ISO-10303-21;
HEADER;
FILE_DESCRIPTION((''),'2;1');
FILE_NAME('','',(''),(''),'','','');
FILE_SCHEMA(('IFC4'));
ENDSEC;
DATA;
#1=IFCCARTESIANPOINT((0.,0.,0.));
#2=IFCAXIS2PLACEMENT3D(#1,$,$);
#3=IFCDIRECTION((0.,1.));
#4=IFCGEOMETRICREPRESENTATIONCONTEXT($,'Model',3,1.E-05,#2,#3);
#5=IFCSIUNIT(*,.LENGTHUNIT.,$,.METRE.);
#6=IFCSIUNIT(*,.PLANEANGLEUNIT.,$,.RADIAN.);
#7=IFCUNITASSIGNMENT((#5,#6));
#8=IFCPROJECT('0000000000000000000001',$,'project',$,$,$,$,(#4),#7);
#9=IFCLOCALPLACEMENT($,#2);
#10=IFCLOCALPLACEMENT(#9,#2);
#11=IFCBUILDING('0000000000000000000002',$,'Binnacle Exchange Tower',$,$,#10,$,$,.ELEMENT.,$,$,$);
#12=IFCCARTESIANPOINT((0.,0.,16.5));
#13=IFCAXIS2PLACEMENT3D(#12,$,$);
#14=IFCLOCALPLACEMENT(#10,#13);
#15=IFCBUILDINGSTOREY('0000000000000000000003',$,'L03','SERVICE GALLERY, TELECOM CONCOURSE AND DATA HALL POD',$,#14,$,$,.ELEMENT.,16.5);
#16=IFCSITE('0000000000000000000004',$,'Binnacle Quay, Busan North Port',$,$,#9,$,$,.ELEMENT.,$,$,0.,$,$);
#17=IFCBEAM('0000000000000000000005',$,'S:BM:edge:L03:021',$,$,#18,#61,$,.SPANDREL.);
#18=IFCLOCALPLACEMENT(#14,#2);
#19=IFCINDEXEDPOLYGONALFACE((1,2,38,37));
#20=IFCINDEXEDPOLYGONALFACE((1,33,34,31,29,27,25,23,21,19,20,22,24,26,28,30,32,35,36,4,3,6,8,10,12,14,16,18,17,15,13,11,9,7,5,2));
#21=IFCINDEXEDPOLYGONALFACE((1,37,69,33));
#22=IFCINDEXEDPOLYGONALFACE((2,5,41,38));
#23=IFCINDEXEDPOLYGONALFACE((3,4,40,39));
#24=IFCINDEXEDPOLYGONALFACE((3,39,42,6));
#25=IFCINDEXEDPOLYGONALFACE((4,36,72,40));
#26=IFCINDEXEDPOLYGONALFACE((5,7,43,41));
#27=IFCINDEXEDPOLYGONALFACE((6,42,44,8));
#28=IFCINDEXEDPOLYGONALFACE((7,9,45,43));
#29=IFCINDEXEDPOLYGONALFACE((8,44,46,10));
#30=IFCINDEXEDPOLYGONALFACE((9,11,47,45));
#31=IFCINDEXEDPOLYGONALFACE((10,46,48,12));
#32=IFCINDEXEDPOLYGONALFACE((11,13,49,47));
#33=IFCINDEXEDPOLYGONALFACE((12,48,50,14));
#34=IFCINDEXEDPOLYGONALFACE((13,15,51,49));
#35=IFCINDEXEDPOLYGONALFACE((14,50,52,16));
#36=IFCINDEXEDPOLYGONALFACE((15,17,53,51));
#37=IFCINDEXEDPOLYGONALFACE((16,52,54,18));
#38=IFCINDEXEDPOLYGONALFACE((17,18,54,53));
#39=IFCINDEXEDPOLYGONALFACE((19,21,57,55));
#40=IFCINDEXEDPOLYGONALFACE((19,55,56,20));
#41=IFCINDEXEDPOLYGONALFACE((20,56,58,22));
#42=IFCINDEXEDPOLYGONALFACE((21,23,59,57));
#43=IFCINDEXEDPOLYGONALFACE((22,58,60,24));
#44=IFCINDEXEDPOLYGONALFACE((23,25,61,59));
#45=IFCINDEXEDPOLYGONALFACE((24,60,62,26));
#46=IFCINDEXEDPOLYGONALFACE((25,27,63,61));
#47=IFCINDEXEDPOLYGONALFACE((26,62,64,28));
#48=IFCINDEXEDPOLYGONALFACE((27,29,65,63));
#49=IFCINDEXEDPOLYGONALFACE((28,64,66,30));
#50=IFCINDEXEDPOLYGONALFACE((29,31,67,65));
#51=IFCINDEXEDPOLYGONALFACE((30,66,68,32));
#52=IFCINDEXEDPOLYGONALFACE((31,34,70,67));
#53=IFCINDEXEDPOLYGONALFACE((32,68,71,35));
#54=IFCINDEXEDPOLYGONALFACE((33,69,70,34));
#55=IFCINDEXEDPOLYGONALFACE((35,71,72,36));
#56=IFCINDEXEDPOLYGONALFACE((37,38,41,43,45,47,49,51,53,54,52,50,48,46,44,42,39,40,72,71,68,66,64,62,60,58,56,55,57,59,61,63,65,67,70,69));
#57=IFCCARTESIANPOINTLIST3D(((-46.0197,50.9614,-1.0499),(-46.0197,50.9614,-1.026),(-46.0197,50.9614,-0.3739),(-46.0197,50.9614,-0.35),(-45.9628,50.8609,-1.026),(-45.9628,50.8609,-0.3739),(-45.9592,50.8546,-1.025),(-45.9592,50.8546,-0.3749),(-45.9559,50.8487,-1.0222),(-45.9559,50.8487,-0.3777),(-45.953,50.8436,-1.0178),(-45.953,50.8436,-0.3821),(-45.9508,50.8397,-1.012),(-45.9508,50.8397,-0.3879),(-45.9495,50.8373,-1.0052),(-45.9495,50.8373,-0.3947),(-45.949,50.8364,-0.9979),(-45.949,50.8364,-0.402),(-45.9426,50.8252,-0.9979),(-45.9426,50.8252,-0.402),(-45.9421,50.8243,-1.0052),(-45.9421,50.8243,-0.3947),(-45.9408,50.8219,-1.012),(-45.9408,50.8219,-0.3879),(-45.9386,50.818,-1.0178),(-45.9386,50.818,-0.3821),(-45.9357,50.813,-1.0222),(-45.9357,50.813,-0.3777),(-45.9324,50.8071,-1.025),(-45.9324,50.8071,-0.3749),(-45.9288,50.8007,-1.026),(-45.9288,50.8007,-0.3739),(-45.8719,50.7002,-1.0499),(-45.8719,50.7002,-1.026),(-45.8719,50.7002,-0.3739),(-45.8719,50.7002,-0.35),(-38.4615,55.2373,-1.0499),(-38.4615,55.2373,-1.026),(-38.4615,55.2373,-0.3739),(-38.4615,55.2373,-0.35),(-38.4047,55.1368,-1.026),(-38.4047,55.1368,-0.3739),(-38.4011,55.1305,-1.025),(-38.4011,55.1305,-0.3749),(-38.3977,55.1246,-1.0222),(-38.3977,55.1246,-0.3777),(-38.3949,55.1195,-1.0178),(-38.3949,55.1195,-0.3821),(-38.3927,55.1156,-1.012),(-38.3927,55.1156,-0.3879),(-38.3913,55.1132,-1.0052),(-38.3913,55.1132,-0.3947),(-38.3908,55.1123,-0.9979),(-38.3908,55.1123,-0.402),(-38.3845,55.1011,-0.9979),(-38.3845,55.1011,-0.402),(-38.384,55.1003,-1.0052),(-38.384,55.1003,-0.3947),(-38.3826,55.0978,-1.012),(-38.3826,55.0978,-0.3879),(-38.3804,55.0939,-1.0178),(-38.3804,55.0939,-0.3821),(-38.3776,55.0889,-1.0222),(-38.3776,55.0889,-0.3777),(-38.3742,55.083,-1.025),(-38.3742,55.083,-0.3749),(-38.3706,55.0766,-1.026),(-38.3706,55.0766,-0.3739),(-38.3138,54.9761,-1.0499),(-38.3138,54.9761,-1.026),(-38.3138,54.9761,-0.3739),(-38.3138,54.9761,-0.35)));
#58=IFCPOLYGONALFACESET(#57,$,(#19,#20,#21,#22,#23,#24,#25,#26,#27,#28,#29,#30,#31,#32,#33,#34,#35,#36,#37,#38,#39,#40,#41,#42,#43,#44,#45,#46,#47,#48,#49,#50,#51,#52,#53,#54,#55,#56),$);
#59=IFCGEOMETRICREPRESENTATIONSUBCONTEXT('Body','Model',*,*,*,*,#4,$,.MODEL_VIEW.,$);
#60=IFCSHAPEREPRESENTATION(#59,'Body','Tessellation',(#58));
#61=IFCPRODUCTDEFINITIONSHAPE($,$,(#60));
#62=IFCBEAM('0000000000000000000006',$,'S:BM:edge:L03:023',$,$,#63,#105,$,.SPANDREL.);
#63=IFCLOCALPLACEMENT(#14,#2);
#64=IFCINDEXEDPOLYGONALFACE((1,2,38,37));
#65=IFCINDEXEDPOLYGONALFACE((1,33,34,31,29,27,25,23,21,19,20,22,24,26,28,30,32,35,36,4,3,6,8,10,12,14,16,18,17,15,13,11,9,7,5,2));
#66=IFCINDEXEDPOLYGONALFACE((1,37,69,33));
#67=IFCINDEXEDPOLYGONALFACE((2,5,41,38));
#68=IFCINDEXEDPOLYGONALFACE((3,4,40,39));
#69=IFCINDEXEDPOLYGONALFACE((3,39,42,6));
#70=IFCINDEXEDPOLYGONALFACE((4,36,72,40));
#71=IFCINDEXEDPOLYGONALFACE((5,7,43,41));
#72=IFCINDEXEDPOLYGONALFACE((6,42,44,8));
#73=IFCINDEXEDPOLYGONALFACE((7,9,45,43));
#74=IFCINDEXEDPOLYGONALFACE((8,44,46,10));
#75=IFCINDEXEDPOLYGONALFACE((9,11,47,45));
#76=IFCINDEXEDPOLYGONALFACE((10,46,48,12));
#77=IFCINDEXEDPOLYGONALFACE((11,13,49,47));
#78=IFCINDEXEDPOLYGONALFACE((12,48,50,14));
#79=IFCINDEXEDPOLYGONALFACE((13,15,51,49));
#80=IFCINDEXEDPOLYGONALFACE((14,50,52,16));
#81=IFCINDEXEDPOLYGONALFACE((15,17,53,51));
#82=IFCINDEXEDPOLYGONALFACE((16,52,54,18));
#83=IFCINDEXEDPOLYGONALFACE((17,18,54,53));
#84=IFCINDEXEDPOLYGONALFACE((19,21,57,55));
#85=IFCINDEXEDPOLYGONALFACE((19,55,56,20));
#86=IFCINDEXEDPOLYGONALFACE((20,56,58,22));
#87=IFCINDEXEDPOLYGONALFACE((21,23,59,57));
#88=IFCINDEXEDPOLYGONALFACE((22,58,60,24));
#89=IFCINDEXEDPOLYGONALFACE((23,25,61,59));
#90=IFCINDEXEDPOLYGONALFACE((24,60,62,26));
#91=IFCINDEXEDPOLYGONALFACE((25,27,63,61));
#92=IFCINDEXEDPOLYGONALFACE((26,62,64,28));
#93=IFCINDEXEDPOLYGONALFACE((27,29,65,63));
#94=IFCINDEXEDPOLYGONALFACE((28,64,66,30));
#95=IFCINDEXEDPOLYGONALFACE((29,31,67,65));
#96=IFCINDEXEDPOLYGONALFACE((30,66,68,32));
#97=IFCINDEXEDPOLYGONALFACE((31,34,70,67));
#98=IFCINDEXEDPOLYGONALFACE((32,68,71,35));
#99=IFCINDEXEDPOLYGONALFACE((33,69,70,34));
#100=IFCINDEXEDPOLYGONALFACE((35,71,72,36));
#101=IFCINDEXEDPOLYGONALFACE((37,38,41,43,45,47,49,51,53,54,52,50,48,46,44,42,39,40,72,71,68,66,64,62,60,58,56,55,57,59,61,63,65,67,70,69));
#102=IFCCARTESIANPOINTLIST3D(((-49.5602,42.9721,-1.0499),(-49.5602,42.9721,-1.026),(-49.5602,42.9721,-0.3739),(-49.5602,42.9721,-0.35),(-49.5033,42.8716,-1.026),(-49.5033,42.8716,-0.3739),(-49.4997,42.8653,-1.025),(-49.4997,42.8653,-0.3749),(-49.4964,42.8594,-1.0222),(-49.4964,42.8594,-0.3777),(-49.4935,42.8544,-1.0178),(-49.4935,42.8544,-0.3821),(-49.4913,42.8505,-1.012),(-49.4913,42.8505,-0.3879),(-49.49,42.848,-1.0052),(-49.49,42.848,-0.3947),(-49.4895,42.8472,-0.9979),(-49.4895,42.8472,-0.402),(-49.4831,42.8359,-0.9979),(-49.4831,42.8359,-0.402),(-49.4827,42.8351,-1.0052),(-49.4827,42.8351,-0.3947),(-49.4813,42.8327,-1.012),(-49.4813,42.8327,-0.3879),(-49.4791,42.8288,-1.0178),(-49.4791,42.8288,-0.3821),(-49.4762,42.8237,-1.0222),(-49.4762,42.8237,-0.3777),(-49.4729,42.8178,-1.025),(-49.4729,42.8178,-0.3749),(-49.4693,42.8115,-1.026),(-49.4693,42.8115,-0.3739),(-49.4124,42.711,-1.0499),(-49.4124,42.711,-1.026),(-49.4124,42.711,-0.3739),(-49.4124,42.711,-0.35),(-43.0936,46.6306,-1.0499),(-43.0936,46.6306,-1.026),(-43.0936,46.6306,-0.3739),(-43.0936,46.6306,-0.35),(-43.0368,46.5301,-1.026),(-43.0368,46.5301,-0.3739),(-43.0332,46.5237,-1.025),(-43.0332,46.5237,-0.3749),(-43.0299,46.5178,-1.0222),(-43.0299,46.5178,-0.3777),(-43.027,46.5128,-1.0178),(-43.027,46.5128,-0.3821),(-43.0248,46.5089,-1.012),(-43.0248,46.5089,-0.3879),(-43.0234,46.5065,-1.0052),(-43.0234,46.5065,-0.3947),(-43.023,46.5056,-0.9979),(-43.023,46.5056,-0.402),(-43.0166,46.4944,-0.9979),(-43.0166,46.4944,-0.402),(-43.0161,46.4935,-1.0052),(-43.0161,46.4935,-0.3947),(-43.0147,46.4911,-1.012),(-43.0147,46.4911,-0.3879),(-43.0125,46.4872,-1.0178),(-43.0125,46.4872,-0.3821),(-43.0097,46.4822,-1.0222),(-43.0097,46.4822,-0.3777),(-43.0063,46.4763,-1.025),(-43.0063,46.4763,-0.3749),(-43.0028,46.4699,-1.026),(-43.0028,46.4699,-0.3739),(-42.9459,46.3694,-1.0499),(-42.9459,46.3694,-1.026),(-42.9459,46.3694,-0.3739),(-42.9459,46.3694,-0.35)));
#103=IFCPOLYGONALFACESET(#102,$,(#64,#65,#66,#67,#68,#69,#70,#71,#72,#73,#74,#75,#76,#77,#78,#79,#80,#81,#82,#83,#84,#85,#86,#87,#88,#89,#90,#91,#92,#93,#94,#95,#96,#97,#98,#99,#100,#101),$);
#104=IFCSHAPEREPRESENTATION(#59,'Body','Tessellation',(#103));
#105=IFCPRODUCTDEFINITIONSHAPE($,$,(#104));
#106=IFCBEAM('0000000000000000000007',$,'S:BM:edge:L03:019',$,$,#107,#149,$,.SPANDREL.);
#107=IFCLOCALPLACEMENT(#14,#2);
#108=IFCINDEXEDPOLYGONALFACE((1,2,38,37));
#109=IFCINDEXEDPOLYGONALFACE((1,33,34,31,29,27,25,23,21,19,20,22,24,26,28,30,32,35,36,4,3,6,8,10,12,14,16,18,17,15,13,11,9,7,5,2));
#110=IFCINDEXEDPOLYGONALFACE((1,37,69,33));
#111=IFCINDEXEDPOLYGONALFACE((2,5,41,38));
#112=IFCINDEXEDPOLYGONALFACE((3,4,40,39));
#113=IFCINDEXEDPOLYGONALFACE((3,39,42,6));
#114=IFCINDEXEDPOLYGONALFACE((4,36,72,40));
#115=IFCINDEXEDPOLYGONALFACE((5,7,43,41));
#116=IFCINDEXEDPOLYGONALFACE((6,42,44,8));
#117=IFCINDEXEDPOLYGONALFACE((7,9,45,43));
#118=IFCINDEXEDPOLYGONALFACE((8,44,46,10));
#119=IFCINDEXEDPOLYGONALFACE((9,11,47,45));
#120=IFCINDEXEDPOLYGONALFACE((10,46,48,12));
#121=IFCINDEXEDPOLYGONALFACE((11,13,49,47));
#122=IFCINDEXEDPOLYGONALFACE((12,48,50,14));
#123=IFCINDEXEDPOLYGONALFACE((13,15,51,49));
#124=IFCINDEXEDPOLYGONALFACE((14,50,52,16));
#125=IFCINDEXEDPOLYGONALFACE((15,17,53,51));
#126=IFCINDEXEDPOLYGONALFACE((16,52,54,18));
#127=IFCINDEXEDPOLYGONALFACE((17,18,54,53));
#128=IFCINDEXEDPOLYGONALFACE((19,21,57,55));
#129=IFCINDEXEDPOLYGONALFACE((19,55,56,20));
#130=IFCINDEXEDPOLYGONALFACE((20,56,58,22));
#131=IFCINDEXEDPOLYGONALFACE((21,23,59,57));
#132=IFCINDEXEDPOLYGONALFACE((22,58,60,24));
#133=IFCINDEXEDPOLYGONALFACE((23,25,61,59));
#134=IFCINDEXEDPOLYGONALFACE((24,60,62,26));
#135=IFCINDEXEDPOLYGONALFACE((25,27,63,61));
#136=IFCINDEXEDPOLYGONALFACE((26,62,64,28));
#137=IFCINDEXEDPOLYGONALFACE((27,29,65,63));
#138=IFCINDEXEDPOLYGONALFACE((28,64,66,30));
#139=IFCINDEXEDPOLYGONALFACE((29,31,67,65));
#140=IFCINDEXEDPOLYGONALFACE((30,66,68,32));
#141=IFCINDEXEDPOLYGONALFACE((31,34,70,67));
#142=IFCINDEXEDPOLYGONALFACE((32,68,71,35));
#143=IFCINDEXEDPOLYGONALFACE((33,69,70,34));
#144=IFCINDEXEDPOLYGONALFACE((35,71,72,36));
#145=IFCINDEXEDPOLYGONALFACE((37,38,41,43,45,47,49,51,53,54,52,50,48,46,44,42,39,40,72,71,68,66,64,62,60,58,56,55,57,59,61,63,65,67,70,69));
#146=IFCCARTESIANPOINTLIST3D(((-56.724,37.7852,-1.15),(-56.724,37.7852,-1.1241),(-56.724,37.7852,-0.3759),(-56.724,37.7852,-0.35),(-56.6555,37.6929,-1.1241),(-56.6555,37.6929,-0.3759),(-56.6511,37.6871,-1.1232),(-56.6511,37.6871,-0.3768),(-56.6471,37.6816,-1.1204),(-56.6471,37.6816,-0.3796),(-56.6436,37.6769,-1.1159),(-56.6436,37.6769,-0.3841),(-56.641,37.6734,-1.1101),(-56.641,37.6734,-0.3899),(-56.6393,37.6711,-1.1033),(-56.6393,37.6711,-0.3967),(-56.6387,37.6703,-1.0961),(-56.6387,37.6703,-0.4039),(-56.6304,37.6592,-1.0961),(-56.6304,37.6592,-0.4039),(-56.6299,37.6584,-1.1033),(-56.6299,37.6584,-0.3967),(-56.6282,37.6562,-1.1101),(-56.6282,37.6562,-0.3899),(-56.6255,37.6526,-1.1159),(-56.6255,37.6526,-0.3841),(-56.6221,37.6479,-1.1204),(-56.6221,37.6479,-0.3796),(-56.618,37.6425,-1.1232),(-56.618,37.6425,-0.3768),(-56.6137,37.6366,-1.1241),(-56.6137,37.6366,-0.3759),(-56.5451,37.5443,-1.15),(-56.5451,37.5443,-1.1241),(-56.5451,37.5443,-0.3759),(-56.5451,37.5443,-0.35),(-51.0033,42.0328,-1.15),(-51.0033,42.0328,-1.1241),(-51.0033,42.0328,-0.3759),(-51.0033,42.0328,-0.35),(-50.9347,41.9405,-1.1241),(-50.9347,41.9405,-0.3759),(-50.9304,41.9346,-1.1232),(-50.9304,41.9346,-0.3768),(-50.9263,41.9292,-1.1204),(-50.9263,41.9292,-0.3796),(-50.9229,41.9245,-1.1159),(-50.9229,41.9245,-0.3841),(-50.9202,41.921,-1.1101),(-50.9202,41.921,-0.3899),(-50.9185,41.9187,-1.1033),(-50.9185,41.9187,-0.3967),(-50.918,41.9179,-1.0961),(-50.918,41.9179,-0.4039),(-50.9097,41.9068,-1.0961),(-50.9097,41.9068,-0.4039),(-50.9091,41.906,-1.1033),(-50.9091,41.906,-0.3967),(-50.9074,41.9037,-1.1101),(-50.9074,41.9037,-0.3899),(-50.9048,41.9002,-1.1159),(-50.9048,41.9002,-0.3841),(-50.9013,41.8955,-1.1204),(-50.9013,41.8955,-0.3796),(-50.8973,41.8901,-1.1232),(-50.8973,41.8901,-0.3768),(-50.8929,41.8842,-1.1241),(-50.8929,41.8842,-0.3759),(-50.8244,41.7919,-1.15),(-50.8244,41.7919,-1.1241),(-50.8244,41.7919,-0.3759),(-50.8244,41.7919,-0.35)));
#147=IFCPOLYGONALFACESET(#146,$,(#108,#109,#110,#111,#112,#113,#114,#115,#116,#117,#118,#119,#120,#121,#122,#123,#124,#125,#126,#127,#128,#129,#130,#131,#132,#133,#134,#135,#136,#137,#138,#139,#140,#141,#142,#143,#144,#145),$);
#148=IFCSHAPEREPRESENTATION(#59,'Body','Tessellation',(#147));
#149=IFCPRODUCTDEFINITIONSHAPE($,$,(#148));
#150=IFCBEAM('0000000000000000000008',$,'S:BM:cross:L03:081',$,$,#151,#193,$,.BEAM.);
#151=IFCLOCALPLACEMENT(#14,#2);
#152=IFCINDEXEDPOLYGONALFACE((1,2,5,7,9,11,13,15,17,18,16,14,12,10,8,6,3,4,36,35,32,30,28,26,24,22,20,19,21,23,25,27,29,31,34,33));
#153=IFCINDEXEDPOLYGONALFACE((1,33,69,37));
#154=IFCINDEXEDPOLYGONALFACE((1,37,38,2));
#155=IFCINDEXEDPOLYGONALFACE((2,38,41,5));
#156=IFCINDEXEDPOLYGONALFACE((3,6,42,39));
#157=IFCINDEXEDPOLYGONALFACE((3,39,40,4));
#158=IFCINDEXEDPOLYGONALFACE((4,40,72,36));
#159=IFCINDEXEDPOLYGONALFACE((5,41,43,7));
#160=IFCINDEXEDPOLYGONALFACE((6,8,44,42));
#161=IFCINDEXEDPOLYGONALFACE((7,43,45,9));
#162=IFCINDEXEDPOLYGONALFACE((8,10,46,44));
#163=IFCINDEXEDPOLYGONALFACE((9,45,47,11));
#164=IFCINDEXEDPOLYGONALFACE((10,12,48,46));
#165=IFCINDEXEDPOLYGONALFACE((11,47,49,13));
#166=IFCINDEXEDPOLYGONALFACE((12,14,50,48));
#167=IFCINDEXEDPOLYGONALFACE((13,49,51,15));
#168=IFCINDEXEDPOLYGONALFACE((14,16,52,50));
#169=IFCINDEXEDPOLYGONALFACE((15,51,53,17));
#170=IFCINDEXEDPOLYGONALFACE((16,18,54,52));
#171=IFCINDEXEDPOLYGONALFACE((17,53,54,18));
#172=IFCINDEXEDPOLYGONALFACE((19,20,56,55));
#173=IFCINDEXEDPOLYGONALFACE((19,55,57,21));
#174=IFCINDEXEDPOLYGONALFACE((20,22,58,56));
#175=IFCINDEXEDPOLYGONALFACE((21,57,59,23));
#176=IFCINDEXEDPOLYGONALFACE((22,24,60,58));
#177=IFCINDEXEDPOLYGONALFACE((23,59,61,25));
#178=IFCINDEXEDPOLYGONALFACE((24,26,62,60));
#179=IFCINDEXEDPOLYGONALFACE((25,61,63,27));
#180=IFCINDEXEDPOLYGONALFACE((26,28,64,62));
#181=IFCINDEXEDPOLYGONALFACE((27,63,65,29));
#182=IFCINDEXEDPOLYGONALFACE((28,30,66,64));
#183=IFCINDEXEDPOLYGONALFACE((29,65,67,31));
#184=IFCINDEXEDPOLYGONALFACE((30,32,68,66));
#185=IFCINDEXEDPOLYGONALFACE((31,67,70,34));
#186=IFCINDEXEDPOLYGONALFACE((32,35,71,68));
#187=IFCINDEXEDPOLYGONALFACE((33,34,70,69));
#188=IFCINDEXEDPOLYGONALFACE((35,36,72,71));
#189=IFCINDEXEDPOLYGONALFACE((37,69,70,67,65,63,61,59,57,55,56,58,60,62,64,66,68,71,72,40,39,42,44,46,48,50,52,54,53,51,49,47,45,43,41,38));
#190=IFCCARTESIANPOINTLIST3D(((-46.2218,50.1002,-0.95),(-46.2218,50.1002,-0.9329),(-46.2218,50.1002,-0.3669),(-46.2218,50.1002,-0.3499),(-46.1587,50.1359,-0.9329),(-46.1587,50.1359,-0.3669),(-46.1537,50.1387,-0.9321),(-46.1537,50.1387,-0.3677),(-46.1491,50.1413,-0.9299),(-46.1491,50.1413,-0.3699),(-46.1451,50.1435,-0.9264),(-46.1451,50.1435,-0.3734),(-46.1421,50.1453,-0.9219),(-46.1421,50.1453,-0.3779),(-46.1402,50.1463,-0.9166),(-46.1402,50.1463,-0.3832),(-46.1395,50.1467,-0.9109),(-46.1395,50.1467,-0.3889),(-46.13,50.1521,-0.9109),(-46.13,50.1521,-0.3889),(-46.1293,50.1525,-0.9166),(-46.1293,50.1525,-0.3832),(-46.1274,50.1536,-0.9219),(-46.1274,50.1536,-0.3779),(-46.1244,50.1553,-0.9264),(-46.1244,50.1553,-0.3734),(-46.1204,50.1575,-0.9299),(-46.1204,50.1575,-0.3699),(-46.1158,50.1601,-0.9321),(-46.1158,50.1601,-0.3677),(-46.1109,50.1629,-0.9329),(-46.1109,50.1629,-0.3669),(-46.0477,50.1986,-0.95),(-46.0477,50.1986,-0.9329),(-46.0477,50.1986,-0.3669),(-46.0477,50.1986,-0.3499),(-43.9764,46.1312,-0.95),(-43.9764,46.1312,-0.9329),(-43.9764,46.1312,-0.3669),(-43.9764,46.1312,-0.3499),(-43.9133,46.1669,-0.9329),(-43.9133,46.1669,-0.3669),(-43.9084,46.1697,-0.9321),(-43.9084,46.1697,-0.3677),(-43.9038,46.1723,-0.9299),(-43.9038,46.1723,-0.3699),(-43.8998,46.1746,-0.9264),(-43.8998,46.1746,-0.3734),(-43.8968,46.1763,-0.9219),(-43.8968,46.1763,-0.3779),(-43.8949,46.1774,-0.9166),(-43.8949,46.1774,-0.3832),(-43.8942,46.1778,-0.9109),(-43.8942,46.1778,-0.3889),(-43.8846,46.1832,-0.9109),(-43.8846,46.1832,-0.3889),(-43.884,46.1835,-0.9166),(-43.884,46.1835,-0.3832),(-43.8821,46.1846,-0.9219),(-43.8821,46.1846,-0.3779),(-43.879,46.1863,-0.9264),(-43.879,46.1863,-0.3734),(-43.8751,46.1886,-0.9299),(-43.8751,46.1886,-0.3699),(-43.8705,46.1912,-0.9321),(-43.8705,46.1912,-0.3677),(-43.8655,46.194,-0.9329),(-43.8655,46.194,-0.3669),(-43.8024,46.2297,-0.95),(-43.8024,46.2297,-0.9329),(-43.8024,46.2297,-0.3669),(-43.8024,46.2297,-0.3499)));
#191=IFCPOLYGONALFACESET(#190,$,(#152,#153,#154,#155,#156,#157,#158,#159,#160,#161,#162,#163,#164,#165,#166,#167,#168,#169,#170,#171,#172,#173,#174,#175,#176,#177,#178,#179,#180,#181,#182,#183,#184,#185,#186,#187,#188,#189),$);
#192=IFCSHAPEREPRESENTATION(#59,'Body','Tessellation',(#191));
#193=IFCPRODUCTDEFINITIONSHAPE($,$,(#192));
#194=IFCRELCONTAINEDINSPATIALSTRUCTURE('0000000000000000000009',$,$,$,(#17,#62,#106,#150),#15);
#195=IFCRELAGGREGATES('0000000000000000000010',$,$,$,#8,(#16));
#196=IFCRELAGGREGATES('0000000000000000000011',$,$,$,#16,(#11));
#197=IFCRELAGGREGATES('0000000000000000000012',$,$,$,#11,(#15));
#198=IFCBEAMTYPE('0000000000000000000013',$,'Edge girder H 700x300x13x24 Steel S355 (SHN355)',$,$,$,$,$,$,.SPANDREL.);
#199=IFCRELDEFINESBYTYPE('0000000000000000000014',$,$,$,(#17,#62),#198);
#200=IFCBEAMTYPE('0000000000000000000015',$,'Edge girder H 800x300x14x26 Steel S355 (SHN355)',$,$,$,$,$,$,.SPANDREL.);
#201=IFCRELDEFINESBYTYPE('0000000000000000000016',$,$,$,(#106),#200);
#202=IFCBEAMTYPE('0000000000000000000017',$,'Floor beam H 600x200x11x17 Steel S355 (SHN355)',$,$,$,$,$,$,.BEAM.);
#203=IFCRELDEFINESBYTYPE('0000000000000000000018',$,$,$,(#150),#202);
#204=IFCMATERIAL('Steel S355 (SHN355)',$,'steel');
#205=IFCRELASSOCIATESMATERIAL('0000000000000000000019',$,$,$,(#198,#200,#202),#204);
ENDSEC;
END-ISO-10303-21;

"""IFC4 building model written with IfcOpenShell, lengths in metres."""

from ifc_helpers import new_model, si_unit, direction, frame, origin, origin_2d, place, context, subcontext, project, spatial, i_section, extrude, material, material_profile, profile_set, type_object, element, save


model = new_model("IFC4")

# Units and contexts
model_context = context("Model", 3, precision=1e-05, world=origin(), true_north=direction((0.0, 1.0)))
body_context = subcontext(model_context, "Body", "Model", "MODEL_VIEW")
ifc_project = project(units=[si_unit("LENGTHUNIT", "METRE"), si_unit("PLANEANGLEUNIT", "RADIAN")], contexts=[model_context])

# Site, building, storey
site_placement = place(None, origin())
site = spatial("IfcSite", under=ifc_project, at=site_placement, Name="Binnacle Quay, Busan North Port", CompositionType="ELEMENT", RefElevation=0.0)
building_placement = place(site_placement, origin())
building = spatial("IfcBuilding", under=site, at=building_placement, Name="Binnacle Exchange Tower", CompositionType="ELEMENT")
storey_placement = place(building_placement, frame((0.0, 0.0, 16.5)))
storey = spatial("IfcBuildingStorey", under=building, at=storey_placement, Name="L03", Description="SERVICE GALLERY, TELECOM CONCOURSE AND DATA HALL POD", CompositionType="ELEMENT", Elevation=16.5)

# Beams
ifc_material_1 = material(Name="Steel S355 (SHN355)", Category="steel")
ifc_material_profile_1 = material_profile(ifc_material_1, i_section(OverallWidth=0.3, OverallDepth=0.7, WebThickness=0.0129, FlangeThickness=0.0239, FilletRadius=0.0281, at=origin_2d()), Name="H 700x300x13x24")
ifc_profile_set_1 = profile_set([ifc_material_profile_1], Name="Steel S355 (SHN355)")
beam_type_1 = type_object("IfcBeamType", Name="Edge girder H 700x300x13x24 Steel S355 (SHN355)", PredefinedType="SPANDREL", material=ifc_profile_set_1)
beam_1_placement = place(storey_placement, frame((-45.9458, 50.8308, -0.7), z_axis=(0.87037, 0.492398, 0.0), x_axis=(-0.492398, 0.87037, 0.0)))
element("IfcBeam", 1, at=beam_1_placement, inside=storey, type_object=beam_type_1, Name="S:BM:edge:L03:021", PredefinedType="SPANDREL", context=body_context, shape_type="SweptSolid", body=[
    extrude(i_section(OverallWidth=0.3, OverallDepth=0.7, WebThickness=0.0129, FlangeThickness=0.0239, FilletRadius=0.0281, at=origin_2d()), origin(), (0.0, 0.0, 1.0), 8.6838),
])
beam_2_placement = place(storey_placement, frame((-43.0198, 46.5, -0.7), z_axis=(-0.870364, -0.492408, 0.0), x_axis=(0.492408, -0.870364, 0.0)))
element("IfcBeam", 2, at=beam_2_placement, inside=storey, type_object=beam_type_1, Name="S:BM:edge:L03:023", PredefinedType="SPANDREL", context=body_context, shape_type="SweptSolid", body=[
    extrude(i_section(OverallWidth=0.3, OverallDepth=0.7, WebThickness=0.0129, FlangeThickness=0.0239, FilletRadius=0.0281, at=origin_2d()), origin(), (0.0, 0.0, 1.0), 7.4297),
])
ifc_material_profile_2 = material_profile(ifc_material_1, i_section(OverallWidth=0.3, OverallDepth=0.8, WebThickness=0.0139, FlangeThickness=0.0259, FilletRadius=0.0281, at=origin_2d()), Name="H 800x300x14x26")
ifc_profile_set_2 = profile_set([ifc_material_profile_2], Name="Steel S355 (SHN355)")
beam_type_2 = type_object("IfcBeamType", Name="Edge girder H 800x300x14x26 Steel S355 (SHN355)", PredefinedType="SPANDREL", material=ifc_profile_set_2)
beam_3_placement = place(storey_placement, frame((-50.9138, 41.9124, -0.75), z_axis=(-0.802885, -0.596133, 0.0), x_axis=(0.596133, -0.802885, 0.0)))
element("IfcBeam", 3, at=beam_3_placement, inside=storey, type_object=beam_type_2, Name="S:BM:edge:L03:019", PredefinedType="SPANDREL", context=body_context, shape_type="SweptSolid", body=[
    extrude(i_section(OverallWidth=0.3, OverallDepth=0.8, WebThickness=0.0139, FlangeThickness=0.0259, FilletRadius=0.0281, at=origin_2d()), origin(), (0.0, 0.0, 1.0), 7.1252),
])
ifc_material_profile_3 = material_profile(ifc_material_1, i_section(OverallWidth=0.2, OverallDepth=0.6001, WebThickness=0.011, FlangeThickness=0.0171, FilletRadius=0.022, at=origin_2d()), Name="H 600x200x11x17")
ifc_profile_set_3 = profile_set([ifc_material_profile_3], Name="Steel S355 (SHN355)")
beam_type_3 = type_object("IfcBeamType", Name="Floor beam H 600x200x11x17 Steel S355 (SHN355)", PredefinedType="BEAM", material=ifc_profile_set_3)
beam_4_placement = place(storey_placement, frame((-46.1348, 50.1494, -0.6499), z_axis=(0.492392, -0.870373, 0.0), x_axis=(0.870373, 0.492392, 0.0)))
element("IfcBeam", 4, at=beam_4_placement, inside=storey, type_object=beam_type_3, Name="S:BM:cross:L03:081", PredefinedType="BEAM", context=body_context, shape_type="SweptSolid", body=[
    extrude(i_section(OverallWidth=0.2, OverallDepth=0.6001, WebThickness=0.011, FlangeThickness=0.0171, FilletRadius=0.022, at=origin_2d()), origin(), (0.0, 0.0, 1.0), 4.5601),
])

save(model, "model.ifc")
